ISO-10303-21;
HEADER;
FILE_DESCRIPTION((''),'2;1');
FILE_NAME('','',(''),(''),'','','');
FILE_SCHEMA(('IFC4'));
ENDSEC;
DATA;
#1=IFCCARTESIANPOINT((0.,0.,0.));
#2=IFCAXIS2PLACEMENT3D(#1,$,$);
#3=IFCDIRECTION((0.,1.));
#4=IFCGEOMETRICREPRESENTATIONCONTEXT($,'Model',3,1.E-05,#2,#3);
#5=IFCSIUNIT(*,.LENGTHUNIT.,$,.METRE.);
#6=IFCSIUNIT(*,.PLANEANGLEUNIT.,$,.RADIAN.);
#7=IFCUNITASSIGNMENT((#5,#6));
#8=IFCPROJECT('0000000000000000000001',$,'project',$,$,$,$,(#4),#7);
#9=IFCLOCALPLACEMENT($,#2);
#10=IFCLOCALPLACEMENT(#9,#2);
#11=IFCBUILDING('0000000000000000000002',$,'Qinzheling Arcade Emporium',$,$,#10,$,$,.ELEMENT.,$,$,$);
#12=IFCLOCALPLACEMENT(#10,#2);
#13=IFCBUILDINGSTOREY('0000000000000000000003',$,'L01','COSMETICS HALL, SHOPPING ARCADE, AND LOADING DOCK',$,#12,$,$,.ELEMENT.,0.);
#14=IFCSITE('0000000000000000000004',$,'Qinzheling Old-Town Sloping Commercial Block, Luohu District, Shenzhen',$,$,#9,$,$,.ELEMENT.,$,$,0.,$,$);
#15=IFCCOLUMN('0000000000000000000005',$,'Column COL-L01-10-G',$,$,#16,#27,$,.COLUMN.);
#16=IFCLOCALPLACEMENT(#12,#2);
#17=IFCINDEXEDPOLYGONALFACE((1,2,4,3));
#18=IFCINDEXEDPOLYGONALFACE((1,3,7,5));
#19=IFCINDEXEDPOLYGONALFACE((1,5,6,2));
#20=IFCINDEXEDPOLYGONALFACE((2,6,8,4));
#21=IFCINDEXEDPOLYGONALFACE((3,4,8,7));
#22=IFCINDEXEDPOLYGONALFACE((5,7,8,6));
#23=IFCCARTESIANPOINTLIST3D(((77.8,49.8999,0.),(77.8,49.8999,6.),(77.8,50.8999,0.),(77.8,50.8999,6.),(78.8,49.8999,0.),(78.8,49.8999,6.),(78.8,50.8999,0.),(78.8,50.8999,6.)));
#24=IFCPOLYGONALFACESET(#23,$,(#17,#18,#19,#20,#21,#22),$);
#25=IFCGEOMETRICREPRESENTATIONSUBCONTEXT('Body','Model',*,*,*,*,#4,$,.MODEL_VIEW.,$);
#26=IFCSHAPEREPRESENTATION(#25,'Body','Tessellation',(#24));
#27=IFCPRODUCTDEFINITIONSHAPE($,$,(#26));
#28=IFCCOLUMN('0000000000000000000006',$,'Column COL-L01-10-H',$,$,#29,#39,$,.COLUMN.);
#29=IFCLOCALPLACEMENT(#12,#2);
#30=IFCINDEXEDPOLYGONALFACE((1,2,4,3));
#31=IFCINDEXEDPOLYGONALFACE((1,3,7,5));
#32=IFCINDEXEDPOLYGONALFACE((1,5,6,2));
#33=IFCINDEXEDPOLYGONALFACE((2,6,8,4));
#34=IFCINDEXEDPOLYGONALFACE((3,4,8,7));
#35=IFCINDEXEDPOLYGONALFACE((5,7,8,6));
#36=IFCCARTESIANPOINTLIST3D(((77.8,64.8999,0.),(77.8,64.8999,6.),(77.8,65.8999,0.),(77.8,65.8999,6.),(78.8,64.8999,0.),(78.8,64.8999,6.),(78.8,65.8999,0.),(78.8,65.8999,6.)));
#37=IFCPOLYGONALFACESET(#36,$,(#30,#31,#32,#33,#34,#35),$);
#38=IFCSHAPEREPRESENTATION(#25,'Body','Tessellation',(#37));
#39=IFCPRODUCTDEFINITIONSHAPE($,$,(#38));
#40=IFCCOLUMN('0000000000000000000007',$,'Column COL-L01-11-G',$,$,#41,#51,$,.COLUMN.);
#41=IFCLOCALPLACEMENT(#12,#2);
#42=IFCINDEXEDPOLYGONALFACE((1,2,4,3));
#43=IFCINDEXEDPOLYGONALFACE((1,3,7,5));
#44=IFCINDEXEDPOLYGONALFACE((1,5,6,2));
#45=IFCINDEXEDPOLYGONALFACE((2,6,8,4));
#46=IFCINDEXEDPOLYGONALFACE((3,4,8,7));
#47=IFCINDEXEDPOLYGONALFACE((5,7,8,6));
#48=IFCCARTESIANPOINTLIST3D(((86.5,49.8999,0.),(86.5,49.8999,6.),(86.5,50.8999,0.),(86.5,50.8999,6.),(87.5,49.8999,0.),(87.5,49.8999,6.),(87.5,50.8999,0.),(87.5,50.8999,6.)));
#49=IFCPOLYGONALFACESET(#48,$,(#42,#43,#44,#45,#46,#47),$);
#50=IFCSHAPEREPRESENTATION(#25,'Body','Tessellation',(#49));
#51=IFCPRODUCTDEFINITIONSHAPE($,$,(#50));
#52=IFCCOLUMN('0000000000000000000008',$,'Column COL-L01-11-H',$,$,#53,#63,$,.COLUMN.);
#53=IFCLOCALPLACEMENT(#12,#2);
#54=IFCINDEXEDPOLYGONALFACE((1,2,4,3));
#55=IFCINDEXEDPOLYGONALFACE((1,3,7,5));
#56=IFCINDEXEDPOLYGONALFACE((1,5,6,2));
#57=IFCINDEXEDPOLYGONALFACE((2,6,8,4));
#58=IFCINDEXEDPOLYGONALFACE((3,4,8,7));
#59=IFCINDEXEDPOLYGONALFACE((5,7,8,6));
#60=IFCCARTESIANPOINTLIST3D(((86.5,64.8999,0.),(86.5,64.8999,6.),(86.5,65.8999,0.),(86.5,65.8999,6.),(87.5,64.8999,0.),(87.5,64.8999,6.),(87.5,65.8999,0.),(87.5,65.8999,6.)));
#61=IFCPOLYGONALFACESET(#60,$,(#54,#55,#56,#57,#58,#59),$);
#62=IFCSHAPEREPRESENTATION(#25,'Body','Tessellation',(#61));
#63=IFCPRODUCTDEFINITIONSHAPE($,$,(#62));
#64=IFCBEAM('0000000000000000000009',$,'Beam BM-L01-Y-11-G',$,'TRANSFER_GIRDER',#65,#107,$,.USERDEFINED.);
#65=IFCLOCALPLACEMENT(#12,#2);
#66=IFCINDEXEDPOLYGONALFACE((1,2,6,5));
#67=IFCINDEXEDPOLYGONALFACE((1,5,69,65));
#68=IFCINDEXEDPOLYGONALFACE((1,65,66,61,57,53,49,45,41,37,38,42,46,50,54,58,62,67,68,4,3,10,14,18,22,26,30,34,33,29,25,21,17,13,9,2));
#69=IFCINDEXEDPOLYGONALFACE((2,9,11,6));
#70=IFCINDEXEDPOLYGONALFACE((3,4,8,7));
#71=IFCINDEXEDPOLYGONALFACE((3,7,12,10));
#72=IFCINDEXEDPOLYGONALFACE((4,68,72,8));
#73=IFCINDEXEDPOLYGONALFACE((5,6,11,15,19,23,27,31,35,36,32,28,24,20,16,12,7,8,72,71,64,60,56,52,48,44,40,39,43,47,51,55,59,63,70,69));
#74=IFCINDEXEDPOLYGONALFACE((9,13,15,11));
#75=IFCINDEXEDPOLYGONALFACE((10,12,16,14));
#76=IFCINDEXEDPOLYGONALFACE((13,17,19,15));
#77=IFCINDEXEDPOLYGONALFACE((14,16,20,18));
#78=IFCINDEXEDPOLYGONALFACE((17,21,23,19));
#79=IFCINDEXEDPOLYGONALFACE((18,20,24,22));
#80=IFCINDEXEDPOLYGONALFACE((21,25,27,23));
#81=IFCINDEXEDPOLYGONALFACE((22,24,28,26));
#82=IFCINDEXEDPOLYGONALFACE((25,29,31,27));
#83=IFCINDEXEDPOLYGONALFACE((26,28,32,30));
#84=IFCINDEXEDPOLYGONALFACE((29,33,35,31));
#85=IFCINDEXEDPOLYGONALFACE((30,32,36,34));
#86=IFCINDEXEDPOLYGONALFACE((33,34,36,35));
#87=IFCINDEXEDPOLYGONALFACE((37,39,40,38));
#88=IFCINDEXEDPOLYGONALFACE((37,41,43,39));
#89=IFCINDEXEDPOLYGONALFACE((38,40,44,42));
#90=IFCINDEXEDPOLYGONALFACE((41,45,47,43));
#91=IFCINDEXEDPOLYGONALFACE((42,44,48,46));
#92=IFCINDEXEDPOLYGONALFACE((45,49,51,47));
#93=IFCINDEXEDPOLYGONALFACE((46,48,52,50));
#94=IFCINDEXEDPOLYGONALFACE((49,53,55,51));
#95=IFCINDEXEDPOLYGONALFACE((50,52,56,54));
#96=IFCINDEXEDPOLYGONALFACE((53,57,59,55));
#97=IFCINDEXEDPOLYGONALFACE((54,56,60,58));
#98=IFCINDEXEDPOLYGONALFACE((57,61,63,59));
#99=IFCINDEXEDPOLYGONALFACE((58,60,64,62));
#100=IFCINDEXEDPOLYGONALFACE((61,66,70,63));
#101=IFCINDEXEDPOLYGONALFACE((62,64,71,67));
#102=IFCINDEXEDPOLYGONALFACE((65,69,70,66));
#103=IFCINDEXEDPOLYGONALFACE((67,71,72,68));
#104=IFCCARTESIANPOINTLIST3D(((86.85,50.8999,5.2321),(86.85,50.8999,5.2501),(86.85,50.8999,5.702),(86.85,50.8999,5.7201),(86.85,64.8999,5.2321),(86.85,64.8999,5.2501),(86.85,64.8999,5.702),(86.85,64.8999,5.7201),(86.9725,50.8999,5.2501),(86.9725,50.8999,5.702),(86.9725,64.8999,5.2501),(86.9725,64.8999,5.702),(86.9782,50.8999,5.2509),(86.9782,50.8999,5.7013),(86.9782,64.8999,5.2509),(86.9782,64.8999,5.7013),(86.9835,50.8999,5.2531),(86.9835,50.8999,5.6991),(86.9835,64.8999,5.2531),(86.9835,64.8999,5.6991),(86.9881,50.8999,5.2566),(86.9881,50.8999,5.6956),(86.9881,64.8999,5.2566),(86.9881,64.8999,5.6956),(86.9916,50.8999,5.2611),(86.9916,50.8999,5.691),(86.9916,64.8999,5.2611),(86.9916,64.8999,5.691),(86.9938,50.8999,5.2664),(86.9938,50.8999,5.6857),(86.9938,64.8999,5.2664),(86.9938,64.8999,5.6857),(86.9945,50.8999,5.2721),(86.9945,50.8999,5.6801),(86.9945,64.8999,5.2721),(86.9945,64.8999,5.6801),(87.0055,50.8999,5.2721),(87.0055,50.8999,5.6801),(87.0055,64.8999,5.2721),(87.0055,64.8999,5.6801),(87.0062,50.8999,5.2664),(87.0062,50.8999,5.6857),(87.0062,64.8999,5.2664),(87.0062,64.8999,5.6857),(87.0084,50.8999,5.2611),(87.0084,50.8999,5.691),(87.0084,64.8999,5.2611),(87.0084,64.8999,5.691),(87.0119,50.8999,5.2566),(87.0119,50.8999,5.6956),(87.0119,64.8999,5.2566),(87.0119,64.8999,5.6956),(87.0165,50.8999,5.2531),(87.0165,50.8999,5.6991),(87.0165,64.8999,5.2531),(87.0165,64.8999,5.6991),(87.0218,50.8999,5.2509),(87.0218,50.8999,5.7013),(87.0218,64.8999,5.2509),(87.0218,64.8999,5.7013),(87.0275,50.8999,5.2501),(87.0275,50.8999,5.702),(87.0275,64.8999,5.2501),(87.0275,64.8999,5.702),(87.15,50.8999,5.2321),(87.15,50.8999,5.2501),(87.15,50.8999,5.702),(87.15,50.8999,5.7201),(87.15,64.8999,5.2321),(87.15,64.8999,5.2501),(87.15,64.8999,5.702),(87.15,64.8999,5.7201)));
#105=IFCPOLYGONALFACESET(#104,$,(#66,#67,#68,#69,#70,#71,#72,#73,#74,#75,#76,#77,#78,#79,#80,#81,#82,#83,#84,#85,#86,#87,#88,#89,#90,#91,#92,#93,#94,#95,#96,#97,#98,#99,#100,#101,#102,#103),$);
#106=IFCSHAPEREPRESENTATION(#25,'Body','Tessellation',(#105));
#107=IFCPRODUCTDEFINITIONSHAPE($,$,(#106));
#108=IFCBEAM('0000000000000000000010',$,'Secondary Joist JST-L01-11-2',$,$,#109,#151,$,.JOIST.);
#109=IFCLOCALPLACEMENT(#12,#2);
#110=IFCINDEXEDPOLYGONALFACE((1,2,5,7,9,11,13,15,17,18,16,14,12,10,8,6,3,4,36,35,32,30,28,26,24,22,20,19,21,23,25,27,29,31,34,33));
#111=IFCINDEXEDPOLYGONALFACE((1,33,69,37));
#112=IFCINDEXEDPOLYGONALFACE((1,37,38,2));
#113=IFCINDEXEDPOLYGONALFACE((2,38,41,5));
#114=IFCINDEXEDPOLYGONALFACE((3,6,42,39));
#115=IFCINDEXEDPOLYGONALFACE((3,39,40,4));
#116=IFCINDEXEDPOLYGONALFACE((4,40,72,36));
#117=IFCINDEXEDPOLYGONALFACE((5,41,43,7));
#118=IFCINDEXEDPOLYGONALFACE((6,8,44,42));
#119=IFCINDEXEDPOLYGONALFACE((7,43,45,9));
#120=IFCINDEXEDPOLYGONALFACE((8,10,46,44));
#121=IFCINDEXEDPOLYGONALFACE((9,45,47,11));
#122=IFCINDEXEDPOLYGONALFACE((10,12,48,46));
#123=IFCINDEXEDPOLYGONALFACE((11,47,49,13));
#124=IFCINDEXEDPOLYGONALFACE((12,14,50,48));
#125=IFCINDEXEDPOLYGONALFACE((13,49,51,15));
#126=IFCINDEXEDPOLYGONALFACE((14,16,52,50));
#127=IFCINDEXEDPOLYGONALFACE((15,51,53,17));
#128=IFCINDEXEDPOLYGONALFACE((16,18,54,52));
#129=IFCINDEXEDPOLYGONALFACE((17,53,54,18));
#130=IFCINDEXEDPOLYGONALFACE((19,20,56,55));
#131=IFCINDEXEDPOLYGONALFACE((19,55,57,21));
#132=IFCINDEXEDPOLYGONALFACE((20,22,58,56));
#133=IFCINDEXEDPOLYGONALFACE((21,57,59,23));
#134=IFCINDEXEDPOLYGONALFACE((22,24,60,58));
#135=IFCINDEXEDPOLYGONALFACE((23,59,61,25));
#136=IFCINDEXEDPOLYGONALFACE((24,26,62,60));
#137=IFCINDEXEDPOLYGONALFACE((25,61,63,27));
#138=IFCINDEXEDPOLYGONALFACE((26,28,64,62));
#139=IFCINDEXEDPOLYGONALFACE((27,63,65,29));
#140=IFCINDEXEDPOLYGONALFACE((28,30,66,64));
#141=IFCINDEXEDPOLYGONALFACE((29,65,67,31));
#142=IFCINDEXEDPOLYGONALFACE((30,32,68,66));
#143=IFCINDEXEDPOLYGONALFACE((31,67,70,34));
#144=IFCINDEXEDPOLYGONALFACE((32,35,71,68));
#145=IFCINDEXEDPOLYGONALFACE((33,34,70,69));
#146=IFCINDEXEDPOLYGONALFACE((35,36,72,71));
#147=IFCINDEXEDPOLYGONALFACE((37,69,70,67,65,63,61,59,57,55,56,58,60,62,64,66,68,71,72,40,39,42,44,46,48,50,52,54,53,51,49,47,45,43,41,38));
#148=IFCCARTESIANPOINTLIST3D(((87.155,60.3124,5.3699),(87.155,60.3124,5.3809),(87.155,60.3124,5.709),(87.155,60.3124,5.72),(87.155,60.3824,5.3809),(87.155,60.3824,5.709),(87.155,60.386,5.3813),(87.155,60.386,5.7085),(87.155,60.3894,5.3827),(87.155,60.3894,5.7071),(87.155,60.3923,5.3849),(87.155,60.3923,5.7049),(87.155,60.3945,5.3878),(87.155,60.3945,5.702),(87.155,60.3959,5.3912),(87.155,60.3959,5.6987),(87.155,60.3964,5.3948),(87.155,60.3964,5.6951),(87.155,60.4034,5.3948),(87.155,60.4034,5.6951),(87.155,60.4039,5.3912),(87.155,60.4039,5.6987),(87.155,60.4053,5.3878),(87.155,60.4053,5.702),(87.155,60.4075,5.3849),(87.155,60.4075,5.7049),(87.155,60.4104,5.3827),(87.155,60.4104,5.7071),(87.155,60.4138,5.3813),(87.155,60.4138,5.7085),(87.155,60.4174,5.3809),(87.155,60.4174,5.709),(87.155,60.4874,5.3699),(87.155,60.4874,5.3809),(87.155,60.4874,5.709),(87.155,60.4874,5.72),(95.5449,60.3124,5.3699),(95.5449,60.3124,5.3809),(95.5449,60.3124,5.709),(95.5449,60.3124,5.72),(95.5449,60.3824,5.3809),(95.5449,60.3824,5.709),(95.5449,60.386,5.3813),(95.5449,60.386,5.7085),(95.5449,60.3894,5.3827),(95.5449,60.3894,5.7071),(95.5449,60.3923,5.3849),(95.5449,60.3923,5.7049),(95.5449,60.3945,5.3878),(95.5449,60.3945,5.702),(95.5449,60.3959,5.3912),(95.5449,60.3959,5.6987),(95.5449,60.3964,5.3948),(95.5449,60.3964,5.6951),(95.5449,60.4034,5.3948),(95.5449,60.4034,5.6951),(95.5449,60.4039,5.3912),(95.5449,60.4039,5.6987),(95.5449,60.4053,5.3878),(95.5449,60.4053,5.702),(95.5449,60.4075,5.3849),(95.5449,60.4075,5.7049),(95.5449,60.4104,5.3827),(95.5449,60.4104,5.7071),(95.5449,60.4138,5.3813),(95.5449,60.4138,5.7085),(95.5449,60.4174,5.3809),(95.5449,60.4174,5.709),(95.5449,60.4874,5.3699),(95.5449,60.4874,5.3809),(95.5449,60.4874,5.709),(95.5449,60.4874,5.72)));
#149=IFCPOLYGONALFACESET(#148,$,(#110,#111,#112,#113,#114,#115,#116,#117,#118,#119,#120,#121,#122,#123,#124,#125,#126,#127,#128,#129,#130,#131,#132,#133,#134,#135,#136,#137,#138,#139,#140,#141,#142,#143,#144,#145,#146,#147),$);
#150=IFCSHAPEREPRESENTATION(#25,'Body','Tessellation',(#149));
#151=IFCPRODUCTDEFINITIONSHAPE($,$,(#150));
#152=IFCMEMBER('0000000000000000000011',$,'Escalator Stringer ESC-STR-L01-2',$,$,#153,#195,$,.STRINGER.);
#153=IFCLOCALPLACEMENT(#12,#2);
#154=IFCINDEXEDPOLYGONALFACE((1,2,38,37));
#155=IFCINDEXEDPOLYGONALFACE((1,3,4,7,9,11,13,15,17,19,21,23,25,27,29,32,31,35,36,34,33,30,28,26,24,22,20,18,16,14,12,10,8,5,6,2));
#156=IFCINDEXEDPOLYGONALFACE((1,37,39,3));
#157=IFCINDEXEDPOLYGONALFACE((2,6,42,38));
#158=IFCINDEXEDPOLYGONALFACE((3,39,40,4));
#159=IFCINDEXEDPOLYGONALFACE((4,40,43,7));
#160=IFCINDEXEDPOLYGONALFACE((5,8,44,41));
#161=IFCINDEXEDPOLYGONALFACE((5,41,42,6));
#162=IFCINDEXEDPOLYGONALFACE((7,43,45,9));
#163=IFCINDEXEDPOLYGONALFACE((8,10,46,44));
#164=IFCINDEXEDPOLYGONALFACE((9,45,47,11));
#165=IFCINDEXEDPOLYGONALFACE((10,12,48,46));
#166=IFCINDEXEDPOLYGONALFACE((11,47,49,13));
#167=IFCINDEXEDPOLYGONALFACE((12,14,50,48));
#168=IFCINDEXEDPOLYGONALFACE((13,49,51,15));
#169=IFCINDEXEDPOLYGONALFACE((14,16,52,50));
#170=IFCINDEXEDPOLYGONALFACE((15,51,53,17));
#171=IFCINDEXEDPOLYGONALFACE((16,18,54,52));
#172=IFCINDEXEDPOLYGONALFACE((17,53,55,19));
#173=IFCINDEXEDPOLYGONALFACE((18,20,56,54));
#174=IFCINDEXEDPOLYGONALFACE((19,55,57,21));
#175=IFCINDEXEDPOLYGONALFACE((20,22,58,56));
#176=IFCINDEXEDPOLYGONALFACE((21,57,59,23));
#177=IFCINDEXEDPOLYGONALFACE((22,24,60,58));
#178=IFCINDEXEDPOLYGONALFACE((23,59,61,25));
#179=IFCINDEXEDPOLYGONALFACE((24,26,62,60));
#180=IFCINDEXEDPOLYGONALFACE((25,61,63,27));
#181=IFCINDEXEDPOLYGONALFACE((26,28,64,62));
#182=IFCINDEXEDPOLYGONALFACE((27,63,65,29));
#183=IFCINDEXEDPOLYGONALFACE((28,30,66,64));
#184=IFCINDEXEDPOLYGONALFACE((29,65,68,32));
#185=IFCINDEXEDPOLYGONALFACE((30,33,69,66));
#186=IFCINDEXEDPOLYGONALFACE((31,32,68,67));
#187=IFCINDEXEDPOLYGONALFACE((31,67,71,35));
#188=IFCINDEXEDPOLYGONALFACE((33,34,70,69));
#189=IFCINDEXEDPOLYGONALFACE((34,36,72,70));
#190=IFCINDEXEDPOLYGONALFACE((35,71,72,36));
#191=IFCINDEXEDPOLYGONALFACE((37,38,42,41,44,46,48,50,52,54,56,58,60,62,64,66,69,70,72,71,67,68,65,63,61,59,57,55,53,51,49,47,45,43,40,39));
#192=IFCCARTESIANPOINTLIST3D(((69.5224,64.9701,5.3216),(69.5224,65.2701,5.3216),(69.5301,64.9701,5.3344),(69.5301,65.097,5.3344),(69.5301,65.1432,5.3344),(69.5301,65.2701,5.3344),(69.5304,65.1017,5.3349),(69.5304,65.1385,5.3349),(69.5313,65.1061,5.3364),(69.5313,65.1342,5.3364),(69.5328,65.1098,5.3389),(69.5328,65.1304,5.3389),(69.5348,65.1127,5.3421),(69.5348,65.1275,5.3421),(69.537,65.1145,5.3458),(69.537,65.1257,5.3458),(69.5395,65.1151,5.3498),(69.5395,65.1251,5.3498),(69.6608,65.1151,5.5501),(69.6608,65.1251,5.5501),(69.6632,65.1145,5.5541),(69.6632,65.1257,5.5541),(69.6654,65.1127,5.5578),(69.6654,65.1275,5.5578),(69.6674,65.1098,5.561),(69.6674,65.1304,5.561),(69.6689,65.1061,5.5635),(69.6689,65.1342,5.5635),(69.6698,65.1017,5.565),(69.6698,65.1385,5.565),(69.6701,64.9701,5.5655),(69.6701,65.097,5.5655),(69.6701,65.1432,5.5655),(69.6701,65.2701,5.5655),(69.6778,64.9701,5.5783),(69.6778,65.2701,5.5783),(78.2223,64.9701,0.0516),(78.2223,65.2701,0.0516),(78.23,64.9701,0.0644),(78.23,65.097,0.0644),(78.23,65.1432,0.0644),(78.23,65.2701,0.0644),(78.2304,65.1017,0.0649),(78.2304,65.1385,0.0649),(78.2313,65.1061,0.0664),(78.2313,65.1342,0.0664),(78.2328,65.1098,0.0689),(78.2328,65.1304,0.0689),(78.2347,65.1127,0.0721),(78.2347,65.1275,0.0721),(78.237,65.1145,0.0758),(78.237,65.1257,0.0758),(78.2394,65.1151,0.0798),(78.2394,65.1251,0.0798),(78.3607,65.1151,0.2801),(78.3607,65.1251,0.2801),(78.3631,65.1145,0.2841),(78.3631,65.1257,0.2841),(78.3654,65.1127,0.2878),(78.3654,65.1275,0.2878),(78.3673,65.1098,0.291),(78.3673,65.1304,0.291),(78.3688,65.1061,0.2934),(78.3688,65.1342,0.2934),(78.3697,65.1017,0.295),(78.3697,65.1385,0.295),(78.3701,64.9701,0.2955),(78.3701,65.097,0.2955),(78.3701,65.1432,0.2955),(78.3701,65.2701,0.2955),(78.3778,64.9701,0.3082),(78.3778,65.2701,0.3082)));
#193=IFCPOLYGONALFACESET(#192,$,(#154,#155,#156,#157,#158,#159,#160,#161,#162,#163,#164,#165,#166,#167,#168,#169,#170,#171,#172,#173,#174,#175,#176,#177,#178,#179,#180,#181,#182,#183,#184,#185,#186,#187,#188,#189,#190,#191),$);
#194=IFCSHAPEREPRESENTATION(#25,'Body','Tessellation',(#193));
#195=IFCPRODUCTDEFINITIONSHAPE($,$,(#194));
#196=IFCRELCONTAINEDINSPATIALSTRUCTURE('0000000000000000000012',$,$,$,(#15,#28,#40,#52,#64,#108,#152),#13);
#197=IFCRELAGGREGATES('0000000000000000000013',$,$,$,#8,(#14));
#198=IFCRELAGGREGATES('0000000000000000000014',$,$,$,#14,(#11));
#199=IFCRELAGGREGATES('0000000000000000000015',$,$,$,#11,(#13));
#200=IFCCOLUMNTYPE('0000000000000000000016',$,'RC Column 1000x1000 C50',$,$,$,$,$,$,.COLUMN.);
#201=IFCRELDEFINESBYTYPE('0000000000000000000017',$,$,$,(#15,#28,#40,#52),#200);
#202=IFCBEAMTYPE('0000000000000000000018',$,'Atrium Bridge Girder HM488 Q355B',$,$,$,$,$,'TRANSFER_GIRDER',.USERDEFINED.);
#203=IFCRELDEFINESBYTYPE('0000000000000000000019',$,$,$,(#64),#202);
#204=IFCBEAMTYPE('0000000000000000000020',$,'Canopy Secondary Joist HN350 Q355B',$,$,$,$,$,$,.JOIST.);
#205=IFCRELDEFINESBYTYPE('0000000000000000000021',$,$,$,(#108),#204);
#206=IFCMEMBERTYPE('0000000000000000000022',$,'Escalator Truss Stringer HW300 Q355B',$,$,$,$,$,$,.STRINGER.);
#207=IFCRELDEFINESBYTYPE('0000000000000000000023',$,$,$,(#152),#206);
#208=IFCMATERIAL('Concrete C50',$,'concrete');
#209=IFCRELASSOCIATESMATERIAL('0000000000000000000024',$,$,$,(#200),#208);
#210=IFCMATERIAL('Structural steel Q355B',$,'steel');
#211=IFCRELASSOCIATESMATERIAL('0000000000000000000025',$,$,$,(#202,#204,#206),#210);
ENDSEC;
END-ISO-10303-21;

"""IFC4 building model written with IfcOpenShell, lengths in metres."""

from ifc_helpers import new_model, si_unit, direction, frame, origin, origin_2d, place, context, subcontext, project, spatial, rectangle, i_section, extrude, material, material_profile, profile_set, type_object, element, save


model = new_model("IFC4")

# Units and contexts
model_context = context("Model", 3, precision=1e-05, world=origin(), true_north=direction((0.0, 1.0)))
body_context = subcontext(model_context, "Body", "Model", "MODEL_VIEW")
ifc_project = project(units=[si_unit("LENGTHUNIT", "METRE"), si_unit("PLANEANGLEUNIT", "RADIAN")], contexts=[model_context])

# Site, building, storey
site_placement = place(None, origin())
site = spatial("IfcSite", under=ifc_project, at=site_placement, Name="Qinzheling Old-Town Sloping Commercial Block, Luohu District, Shenzhen", CompositionType="ELEMENT", RefElevation=0.0)
building_placement = place(site_placement, origin())
building = spatial("IfcBuilding", under=site, at=building_placement, Name="Qinzheling Arcade Emporium", CompositionType="ELEMENT")
storey_placement = place(building_placement, origin())
storey = spatial("IfcBuildingStorey", under=building, at=storey_placement, Name="L01", Description="COSMETICS HALL, SHOPPING ARCADE, AND LOADING DOCK", CompositionType="ELEMENT", Elevation=0.0)

# Columns
ifc_material_1 = material(Name="Concrete C50", Category="concrete")
ifc_material_profile_1 = material_profile(ifc_material_1, rectangle(XDim=1.0, YDim=1.0, at=origin_2d()), Name="RC 1000x1000", Category="concrete")
ifc_profile_set_1 = profile_set([ifc_material_profile_1], Name="Concrete C50")
column_type = type_object("IfcColumnType", Name="RC Column 1000x1000 C50", PredefinedType="COLUMN", material=ifc_profile_set_1)
for number, where, z_axis, x_axis, name in (
    (1, (78.3, 50.3999, 0.0), (0.0, 0.0, 1.0), (1.0, 0.0, 0.0), "Column COL-L01-10-G"),
    (2, (78.3, 65.3999, 0.0), (0.0, 0.0, 1.0), (1.0, 0.0, 0.0), "Column COL-L01-10-H"),
    (3, (87.0, 50.3999, 0.0), (0.0, 0.0, 1.0), (1.0, 0.0, 0.0), "Column COL-L01-11-G"),
    (4, (87.0, 65.3999, 0.0), (0.0, 0.0, 1.0), (1.0, 0.0, 0.0), "Column COL-L01-11-H"),
):
    element("IfcColumn", number, at=place(storey_placement, frame(where, z_axis=z_axis, x_axis=x_axis)), inside=storey, type_object=column_type, Name=name, PredefinedType="COLUMN", context=body_context, shape_type="SweptSolid", body=[
        extrude(rectangle(XDim=1.0, YDim=1.0, at=origin_2d()), origin(), (0.0, 0.0, 1.0), 6.0),
    ])

# Beams
ifc_material_2 = material(Name="Structural steel Q355B", Category="steel")
ifc_material_profile_2 = material_profile(ifc_material_2, i_section(OverallWidth=0.3, OverallDepth=0.488, WebThickness=0.011, FlangeThickness=0.0181, FilletRadius=0.022, at=origin_2d()), Name="HM 488x300x11x18", Category="steel")
ifc_profile_set_2 = profile_set([ifc_material_profile_2], Name="Structural steel Q355B")
beam_type_1 = type_object("IfcBeamType", Name="Atrium Bridge Girder HM488 Q355B", ElementType="TRANSFER_GIRDER", PredefinedType="USERDEFINED", material=ifc_profile_set_2)
beam_1_placement = place(storey_placement, frame((87.0, 50.8999, 5.4761), z_axis=(0.0, 1.0, 0.0), x_axis=(-1.0, 0.0, 0.0)))
element("IfcBeam", 5, at=beam_1_placement, inside=storey, type_object=beam_type_1, Name="Beam BM-L01-Y-11-G", ObjectType="TRANSFER_GIRDER", PredefinedType="USERDEFINED", context=body_context, shape_type="SweptSolid", body=[
    extrude(i_section(OverallWidth=0.3, OverallDepth=0.488, WebThickness=0.011, FlangeThickness=0.0181, FilletRadius=0.022, at=origin_2d()), origin(), (0.0, 0.0, 1.0), 14.0),
])
ifc_material_profile_3 = material_profile(ifc_material_2, i_section(OverallWidth=0.175, OverallDepth=0.3501, WebThickness=0.0071, FlangeThickness=0.011, FilletRadius=0.0139, at=origin_2d()), Name="HN 350x175x7x11", Category="steel")
ifc_profile_set_3 = profile_set([ifc_material_profile_3], Name="Structural steel Q355B")
beam_type_2 = type_object("IfcBeamType", Name="Canopy Secondary Joist HN350 Q355B", PredefinedType="JOIST", material=ifc_profile_set_3)
beam_2_placement = place(storey_placement, frame((87.155, 60.3999, 5.5449), z_axis=(1.0, 0.0, 0.0), x_axis=(0.0, 1.0, 0.0)))
element("IfcBeam", 6, at=beam_2_placement, inside=storey, type_object=beam_type_2, Name="Secondary Joist JST-L01-11-2", PredefinedType="JOIST", context=body_context, shape_type="SweptSolid", body=[
    extrude(i_section(OverallWidth=0.175, OverallDepth=0.3501, WebThickness=0.0071, FlangeThickness=0.011, FilletRadius=0.0139, at=origin_2d()), origin(), (0.0, 0.0, 1.0), 8.3899),
])

# Member
ifc_material_profile_4 = material_profile(ifc_material_2, i_section(OverallWidth=0.3, OverallDepth=0.3, WebThickness=0.01, FlangeThickness=0.0149, FilletRadius=0.0181, at=origin_2d()), Name="HW 300x300x10x15", Category="steel")
ifc_profile_set_4 = profile_set([ifc_material_profile_4], Name="Structural steel Q355B")
member_type = type_object("IfcMemberType", Name="Escalator Truss Stringer HW300 Q355B", PredefinedType="STRINGER", material=ifc_profile_set_4)
member_placement = place(storey_placement, frame((78.3, 65.1201, 0.1799), z_axis=(-0.855315, 0.0, 0.518109), x_axis=(0.0, -1.0, 0.0)))
element("IfcMember", 7, at=member_placement, inside=storey, type_object=member_type, Name="Escalator Stringer ESC-STR-L01-2", PredefinedType="STRINGER", context=body_context, shape_type="SweptSolid", body=[
    extrude(i_section(OverallWidth=0.3, OverallDepth=0.3, WebThickness=0.01, FlangeThickness=0.0149, FilletRadius=0.0181, at=origin_2d()), origin(), (0.0, 0.0, 1.0), 10.1716),
])

save(model, "model.ifc")
